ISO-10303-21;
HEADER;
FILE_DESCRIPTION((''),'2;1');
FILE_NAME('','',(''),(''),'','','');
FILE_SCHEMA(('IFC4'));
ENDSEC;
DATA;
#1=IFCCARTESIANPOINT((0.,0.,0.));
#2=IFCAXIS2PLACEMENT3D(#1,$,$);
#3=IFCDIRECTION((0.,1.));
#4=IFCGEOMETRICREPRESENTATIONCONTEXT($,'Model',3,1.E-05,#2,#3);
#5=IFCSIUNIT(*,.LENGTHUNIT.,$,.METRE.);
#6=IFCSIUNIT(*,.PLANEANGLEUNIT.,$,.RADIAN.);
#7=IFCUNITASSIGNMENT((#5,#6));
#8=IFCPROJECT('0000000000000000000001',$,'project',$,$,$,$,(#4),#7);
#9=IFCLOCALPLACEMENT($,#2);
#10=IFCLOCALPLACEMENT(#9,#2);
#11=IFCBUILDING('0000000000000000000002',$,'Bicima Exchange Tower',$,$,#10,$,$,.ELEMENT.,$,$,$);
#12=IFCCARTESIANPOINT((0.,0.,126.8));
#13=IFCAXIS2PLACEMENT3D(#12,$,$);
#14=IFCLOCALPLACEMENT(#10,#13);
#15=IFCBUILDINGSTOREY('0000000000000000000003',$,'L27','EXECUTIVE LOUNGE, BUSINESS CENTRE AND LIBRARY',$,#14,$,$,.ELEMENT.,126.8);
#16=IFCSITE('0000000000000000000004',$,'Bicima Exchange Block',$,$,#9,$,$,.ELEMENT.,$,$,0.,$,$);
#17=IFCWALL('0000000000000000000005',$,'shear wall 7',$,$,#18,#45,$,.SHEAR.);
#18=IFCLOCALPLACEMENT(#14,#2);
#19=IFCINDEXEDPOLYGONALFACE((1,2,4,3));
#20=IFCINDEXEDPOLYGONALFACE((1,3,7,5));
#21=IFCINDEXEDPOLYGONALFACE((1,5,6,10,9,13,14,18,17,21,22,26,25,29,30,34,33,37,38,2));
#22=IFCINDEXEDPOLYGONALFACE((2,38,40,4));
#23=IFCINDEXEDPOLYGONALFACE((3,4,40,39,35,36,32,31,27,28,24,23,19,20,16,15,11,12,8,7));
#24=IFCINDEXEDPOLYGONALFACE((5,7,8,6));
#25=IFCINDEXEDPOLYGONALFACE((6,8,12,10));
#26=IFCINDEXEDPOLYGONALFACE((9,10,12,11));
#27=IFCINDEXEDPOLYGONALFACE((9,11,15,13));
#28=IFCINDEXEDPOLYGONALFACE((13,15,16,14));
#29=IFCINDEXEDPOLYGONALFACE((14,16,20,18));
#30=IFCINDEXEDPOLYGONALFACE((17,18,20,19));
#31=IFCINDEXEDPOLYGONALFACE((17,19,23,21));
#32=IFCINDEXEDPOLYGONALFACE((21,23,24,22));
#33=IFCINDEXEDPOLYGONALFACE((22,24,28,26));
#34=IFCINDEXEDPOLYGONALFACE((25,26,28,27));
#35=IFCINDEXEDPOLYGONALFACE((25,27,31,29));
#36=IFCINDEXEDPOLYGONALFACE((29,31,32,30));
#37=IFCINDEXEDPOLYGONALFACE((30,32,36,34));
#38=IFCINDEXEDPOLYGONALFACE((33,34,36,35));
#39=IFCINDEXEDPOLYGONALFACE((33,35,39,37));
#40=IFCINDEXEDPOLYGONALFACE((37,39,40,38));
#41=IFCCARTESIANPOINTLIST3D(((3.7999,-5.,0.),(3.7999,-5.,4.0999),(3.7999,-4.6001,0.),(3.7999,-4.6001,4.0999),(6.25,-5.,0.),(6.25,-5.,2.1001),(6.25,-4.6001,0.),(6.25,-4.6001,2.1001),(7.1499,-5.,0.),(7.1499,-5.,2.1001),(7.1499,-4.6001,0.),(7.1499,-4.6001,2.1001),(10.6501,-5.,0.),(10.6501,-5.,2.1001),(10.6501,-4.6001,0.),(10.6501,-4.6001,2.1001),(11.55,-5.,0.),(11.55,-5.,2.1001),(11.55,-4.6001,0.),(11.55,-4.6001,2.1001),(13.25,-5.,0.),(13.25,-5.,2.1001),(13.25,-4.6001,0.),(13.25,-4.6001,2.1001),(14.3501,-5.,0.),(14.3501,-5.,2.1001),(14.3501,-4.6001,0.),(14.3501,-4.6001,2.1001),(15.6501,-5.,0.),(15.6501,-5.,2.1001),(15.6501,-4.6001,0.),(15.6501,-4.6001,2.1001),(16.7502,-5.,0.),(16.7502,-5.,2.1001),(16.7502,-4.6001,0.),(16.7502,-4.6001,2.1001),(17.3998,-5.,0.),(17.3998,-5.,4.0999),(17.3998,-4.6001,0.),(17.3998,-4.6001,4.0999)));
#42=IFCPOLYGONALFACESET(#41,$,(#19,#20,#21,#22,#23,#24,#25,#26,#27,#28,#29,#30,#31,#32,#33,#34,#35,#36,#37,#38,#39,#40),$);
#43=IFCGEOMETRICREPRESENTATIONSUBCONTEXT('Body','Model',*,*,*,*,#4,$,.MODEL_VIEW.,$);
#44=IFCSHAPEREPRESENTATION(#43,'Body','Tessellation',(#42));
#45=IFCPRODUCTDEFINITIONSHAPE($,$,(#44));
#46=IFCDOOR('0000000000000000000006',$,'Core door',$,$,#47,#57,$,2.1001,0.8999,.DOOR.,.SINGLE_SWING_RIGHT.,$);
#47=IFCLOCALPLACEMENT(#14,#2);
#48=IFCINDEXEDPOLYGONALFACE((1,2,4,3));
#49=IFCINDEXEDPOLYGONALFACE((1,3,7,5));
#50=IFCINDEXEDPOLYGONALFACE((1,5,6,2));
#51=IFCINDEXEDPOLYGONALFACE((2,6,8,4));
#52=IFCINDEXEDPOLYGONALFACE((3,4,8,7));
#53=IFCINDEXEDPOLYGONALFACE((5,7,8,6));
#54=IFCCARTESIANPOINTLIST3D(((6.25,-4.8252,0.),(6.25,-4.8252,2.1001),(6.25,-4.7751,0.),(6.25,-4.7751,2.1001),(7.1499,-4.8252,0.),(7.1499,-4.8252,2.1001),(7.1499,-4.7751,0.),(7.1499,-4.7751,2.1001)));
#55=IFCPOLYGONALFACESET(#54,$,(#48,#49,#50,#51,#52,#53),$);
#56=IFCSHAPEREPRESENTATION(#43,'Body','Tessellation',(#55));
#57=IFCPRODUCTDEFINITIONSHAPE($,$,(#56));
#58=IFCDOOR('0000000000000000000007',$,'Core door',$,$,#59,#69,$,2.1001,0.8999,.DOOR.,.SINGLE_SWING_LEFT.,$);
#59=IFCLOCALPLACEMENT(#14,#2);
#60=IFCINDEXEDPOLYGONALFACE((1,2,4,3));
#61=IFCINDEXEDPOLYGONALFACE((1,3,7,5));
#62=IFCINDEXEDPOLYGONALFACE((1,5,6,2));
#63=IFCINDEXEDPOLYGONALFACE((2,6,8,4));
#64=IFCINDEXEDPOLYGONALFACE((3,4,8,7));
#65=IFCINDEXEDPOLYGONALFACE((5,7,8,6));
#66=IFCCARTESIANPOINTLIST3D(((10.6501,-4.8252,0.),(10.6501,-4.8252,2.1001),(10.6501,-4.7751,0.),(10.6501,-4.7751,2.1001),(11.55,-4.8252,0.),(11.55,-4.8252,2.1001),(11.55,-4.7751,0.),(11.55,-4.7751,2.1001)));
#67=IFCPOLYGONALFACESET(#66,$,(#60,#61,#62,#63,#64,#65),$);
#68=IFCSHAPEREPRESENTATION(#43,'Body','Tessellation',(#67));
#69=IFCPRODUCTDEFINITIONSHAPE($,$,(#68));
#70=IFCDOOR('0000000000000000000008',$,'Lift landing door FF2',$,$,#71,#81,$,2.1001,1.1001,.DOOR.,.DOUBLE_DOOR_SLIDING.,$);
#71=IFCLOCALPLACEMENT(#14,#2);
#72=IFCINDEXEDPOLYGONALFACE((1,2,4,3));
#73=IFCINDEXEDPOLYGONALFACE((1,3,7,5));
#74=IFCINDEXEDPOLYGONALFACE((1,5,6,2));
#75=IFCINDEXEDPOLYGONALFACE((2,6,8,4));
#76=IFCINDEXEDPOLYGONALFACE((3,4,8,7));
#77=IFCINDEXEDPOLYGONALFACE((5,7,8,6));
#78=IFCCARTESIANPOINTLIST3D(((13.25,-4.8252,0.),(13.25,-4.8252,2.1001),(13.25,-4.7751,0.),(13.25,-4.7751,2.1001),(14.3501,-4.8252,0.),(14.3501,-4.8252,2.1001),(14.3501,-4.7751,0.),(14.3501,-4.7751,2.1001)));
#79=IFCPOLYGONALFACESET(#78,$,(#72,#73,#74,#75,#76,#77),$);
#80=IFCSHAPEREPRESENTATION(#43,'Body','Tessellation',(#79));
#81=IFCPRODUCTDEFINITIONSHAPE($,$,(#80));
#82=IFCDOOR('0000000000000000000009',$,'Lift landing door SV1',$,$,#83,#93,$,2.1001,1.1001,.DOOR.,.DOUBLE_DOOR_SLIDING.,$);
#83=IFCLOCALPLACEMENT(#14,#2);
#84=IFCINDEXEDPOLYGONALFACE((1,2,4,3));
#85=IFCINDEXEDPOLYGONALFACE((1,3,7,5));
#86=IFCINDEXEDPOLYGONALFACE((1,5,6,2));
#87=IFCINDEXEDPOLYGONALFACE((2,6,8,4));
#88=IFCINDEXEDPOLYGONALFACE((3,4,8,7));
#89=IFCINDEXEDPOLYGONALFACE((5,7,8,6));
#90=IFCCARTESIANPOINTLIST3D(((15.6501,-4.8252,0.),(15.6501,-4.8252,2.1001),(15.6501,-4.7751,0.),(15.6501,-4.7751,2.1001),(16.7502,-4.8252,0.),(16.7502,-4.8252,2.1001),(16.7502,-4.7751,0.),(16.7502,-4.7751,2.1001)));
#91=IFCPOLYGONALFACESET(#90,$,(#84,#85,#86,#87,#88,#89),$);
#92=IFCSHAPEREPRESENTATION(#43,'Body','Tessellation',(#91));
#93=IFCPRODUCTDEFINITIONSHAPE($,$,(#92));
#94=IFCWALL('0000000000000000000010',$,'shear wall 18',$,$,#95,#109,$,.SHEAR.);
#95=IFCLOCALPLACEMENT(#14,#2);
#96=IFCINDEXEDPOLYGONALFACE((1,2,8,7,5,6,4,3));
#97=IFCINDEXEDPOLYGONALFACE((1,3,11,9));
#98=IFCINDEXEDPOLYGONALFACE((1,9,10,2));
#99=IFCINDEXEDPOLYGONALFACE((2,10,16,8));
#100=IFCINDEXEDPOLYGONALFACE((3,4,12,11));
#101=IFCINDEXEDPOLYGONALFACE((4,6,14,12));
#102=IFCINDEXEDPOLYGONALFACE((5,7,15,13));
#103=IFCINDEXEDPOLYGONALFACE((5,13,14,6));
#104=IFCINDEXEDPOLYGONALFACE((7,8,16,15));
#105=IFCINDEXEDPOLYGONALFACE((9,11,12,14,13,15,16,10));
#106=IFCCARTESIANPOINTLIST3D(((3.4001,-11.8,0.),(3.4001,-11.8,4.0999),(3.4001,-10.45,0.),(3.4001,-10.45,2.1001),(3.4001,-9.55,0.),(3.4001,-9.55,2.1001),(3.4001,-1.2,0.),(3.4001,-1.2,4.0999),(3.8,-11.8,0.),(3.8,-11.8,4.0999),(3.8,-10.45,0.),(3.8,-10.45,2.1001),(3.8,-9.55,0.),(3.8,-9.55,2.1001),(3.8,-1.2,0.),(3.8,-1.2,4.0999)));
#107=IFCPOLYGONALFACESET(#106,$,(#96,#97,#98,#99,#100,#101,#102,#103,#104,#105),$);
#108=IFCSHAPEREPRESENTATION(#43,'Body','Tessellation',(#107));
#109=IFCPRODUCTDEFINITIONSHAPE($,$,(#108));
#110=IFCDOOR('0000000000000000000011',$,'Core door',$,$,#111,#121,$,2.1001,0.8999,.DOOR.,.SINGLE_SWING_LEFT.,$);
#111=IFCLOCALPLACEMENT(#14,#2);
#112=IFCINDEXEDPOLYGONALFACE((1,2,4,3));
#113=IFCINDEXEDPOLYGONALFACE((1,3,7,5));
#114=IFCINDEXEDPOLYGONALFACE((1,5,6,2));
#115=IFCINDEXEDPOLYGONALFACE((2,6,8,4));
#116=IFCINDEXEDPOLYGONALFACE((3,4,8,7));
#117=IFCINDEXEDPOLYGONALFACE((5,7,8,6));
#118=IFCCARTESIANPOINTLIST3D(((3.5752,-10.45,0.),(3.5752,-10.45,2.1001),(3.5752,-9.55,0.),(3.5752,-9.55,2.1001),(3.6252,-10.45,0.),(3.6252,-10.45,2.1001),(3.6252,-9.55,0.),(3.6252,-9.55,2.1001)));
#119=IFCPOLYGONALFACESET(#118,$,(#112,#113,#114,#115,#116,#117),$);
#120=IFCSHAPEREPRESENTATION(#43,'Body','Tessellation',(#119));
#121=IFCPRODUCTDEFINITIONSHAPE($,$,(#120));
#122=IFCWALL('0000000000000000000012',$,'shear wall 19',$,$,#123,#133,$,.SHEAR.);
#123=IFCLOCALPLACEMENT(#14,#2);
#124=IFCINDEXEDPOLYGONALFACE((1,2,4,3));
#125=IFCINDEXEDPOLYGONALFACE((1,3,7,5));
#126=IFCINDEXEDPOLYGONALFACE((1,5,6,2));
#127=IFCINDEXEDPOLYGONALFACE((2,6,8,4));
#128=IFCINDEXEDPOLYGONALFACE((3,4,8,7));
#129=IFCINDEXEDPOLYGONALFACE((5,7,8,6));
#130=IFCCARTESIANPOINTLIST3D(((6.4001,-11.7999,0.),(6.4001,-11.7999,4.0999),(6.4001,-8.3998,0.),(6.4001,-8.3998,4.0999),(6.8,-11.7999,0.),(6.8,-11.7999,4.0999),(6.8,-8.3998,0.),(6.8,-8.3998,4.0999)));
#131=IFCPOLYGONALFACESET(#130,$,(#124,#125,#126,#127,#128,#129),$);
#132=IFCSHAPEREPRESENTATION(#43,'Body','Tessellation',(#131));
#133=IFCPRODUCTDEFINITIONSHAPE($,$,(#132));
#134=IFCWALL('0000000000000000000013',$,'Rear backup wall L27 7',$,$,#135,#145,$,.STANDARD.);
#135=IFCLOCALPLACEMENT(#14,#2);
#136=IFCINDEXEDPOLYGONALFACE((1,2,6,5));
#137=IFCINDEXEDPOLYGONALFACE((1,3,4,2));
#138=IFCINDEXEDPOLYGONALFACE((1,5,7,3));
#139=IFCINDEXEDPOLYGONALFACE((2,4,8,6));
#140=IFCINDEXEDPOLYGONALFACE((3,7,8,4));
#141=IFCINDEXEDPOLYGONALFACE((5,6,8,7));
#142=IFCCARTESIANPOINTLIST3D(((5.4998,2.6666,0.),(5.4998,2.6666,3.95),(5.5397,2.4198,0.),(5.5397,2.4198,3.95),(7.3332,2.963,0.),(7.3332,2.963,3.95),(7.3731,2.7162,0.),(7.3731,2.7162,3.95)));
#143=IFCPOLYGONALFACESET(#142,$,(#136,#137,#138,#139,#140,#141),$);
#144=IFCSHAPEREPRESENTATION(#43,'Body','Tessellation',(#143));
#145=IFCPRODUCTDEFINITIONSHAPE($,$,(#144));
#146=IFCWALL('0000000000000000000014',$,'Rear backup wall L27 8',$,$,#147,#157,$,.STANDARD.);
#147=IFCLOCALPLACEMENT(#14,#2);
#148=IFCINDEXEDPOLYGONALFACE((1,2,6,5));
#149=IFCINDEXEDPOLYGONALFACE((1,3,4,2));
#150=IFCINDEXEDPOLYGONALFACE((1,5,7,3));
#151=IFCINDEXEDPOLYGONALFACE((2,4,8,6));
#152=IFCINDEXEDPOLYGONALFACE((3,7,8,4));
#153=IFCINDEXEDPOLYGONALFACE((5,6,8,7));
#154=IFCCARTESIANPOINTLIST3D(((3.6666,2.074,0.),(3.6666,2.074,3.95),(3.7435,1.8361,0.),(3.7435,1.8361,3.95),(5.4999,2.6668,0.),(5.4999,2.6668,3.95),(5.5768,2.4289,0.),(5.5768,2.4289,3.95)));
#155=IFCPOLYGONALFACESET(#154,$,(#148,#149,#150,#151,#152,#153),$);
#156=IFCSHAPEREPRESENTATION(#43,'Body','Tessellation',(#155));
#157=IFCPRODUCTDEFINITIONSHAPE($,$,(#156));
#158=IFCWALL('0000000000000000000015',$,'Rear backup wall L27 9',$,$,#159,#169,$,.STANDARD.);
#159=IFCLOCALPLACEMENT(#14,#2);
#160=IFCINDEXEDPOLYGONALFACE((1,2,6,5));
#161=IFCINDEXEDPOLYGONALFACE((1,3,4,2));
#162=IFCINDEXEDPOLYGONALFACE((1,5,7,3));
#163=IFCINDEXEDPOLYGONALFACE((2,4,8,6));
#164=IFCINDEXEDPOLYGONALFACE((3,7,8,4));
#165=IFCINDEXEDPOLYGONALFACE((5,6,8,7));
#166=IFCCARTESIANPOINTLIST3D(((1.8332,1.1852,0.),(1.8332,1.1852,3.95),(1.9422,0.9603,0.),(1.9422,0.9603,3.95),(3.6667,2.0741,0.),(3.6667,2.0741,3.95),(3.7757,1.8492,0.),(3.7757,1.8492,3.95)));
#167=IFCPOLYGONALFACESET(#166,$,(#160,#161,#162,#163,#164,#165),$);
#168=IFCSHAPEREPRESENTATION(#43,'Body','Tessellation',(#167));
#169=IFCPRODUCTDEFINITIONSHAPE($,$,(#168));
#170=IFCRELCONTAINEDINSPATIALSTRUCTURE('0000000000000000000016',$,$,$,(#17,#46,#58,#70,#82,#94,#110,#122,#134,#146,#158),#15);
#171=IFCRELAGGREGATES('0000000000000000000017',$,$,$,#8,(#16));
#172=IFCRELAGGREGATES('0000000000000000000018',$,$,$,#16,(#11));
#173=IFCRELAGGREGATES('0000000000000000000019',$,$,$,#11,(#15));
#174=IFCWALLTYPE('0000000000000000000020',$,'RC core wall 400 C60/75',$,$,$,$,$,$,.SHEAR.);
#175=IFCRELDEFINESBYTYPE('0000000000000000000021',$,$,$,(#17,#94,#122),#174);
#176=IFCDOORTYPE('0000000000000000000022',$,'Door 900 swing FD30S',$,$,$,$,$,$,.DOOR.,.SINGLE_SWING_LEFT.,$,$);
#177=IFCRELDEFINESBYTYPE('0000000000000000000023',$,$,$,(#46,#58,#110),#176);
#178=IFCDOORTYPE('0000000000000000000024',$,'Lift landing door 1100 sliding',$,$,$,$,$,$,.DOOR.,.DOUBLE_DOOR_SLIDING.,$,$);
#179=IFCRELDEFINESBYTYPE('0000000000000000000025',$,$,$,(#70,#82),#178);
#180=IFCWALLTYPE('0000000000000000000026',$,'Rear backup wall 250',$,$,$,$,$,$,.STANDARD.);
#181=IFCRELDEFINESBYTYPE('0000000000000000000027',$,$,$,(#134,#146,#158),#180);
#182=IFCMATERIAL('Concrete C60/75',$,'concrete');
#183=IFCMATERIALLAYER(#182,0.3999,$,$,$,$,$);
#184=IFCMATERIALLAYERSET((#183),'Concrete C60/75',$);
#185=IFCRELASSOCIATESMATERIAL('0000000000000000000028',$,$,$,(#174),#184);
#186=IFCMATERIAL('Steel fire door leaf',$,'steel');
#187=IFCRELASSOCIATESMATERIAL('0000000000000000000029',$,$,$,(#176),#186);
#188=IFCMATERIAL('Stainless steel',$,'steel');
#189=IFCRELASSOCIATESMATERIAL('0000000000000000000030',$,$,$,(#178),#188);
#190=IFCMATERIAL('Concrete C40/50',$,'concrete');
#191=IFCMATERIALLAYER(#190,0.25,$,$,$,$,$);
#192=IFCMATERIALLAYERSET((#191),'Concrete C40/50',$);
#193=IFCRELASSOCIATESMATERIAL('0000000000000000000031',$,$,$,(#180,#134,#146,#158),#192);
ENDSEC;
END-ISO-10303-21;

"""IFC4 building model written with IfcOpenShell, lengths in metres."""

from ifc_helpers import new_model, si_unit, direction, frame, frame_2d, origin, place, context, subcontext, project, spatial, rectangle, extrude, material, layer, layer_set, layer_usage, type_object, element, fill, save


model = new_model("IFC4")

# Units and contexts
model_context = context("Model", 3, precision=1e-05, world=origin(), true_north=direction((0.0, 1.0)))
body_context = subcontext(model_context, "Body", "Model", "MODEL_VIEW")
ifc_project = project(units=[si_unit("LENGTHUNIT", "METRE"), si_unit("PLANEANGLEUNIT", "RADIAN")], contexts=[model_context])

# Site, building, storey
site_placement = place(None, origin())
site = spatial("IfcSite", under=ifc_project, at=site_placement, Name="Bicima Exchange Block", CompositionType="ELEMENT", RefElevation=0.0)
building_placement = place(site_placement, origin())
building = spatial("IfcBuilding", under=site, at=building_placement, Name="Bicima Exchange Tower", CompositionType="ELEMENT")
storey_placement = place(building_placement, frame((0.0, 0.0, 126.8)))
storey = spatial("IfcBuildingStorey", under=building, at=storey_placement, Name="L27", Description="EXECUTIVE LOUNGE, BUSINESS CENTRE AND LIBRARY", CompositionType="ELEMENT", Elevation=126.8)

# Shared definitions
ifc_material_1 = material(Name="Concrete C60/75", Category="concrete")
ifc_layer_1 = layer(ifc_material_1, 0.3999)
ifc_layer_set_1 = layer_set([ifc_layer_1], Name="Concrete C60/75")
wall_type_1 = type_object("IfcWallType", Name="RC core wall 400 C60/75", PredefinedType="SHEAR", material=ifc_layer_set_1)
ifc_material_2 = material(Name="Steel fire door leaf", Category="steel")
door_type_1 = type_object("IfcDoorType", Name="Door 900 swing FD30S", OperationType="SINGLE_SWING_LEFT", PredefinedType="DOOR", material=ifc_material_2)

# Wall, openings, doors
wall_1_placement = place(storey_placement, frame((3.8, -4.8, 0.0), z_axis=(0.0, 0.0, 1.0), x_axis=(1.0, 0.0, 0.0)))
wall_1 = element("IfcWall", 1, at=wall_1_placement, inside=storey, type_object=wall_type_1, Name="shear wall 7", PredefinedType="SHEAR", context=body_context, shape_type="SweptSolid", body=[
    extrude(rectangle(XDim=13.5999, YDim=0.3999, at=frame_2d((6.7998, 0.0))), origin(), (0.0, 0.0, 1.0), 4.0999),
])
opening_1_placement = place(wall_1_placement, frame((9.45, 0.0, 0.0)))
opening_1 = element("IfcOpeningElement", 2, at=opening_1_placement, cuts=wall_1, PredefinedType="OPENING", context=body_context, shape_type="SweptSolid", body=[
    extrude(rectangle(XDim=1.1001, YDim=2.1001, at=frame_2d((0.55, 1.05))), frame((0.0, 0.2119, 0.0), z_axis=(0.0, -1.0, 0.0), x_axis=(1.0, 0.0, 0.0)), (0.0, 0.0, 1.0), 0.4238),
])
opening_2_placement = place(wall_1_placement, frame((11.8501, 0.0, 0.0)))
opening_2 = element("IfcOpeningElement", 3, at=opening_2_placement, cuts=wall_1, PredefinedType="OPENING", context=body_context, shape_type="SweptSolid", body=[
    extrude(rectangle(XDim=1.1001, YDim=2.1001, at=frame_2d((0.55, 1.05))), frame((0.0, 0.2119, 0.0), z_axis=(0.0, -1.0, 0.0), x_axis=(1.0, 0.0, 0.0)), (0.0, 0.0, 1.0), 0.4238),
])
opening_3_placement = place(wall_1_placement, frame((2.45, 0.0, 0.0)))
opening_3 = element("IfcOpeningElement", 4, at=opening_3_placement, cuts=wall_1, PredefinedType="OPENING", context=body_context, shape_type="SweptSolid", body=[
    extrude(rectangle(XDim=0.8999, YDim=2.1001, at=frame_2d((0.45, 1.05))), frame((0.0, 0.2119, 0.0), z_axis=(0.0, -1.0, 0.0), x_axis=(1.0, 0.0, 0.0)), (0.0, 0.0, 1.0), 0.4238),
])
opening_4_placement = place(wall_1_placement, frame((6.8501, 0.0, 0.0)))
opening_4 = element("IfcOpeningElement", 5, at=opening_4_placement, cuts=wall_1, PredefinedType="OPENING", context=body_context, shape_type="SweptSolid", body=[
    extrude(rectangle(XDim=0.8999, YDim=2.1001, at=frame_2d((0.45, 1.05))), frame((0.0, 0.2119, 0.0), z_axis=(0.0, -1.0, 0.0), x_axis=(1.0, 0.0, 0.0)), (0.0, 0.0, 1.0), 0.4238),
])
door_1_placement = place(opening_3_placement, origin())
door_1 = element("IfcDoor", 6, at=door_1_placement, inside=storey, type_object=door_type_1, Name="Core door", OperationType="SINGLE_SWING_RIGHT", OverallHeight=2.1001, OverallWidth=0.8999, PredefinedType="DOOR", context=body_context, shape_type="SweptSolid", body=[
    extrude(rectangle(XDim=0.8999, YDim=2.1001, at=frame_2d((0.45, 1.05))), frame((0.0, 0.0249, 0.0), z_axis=(0.0, -1.0, 0.0), x_axis=(1.0, 0.0, 0.0)), (0.0, 0.0, 1.0), 0.05),
])
fill(opening_3, door_1)
door_2_placement = place(opening_4_placement, origin())
door_2 = element("IfcDoor", 7, at=door_2_placement, inside=storey, type_object=door_type_1, Name="Core door", OperationType="SINGLE_SWING_LEFT", OverallHeight=2.1001, OverallWidth=0.8999, PredefinedType="DOOR", context=body_context, shape_type="SweptSolid", body=[
    extrude(rectangle(XDim=0.8999, YDim=2.1001, at=frame_2d((0.45, 1.05))), frame((0.0, 0.0249, 0.0), z_axis=(0.0, -1.0, 0.0), x_axis=(1.0, 0.0, 0.0)), (0.0, 0.0, 1.0), 0.05),
])
fill(opening_4, door_2)
ifc_material_3 = material(Name="Stainless steel", Category="steel")
door_type_2 = type_object("IfcDoorType", Name="Lift landing door 1100 sliding", OperationType="DOUBLE_DOOR_SLIDING", PredefinedType="DOOR", material=ifc_material_3)
door_3_placement = place(opening_1_placement, origin())
door_3 = element("IfcDoor", 8, at=door_3_placement, inside=storey, type_object=door_type_2, Name="Lift landing door FF2", OperationType="DOUBLE_DOOR_SLIDING", OverallHeight=2.1001, OverallWidth=1.1001, PredefinedType="DOOR", context=body_context, shape_type="SweptSolid", body=[
    extrude(rectangle(XDim=1.1001, YDim=2.1001, at=frame_2d((0.55, 1.05))), frame((0.0, 0.0249, 0.0), z_axis=(0.0, -1.0, 0.0), x_axis=(1.0, 0.0, 0.0)), (0.0, 0.0, 1.0), 0.05),
])
fill(opening_1, door_3)
door_4_placement = place(opening_2_placement, origin())
door_4 = element("IfcDoor", 9, at=door_4_placement, inside=storey, type_object=door_type_2, Name="Lift landing door SV1", OperationType="DOUBLE_DOOR_SLIDING", OverallHeight=2.1001, OverallWidth=1.1001, PredefinedType="DOOR", context=body_context, shape_type="SweptSolid", body=[
    extrude(rectangle(XDim=1.1001, YDim=2.1001, at=frame_2d((0.55, 1.05))), frame((0.0, 0.0249, 0.0), z_axis=(0.0, -1.0, 0.0), x_axis=(1.0, 0.0, 0.0)), (0.0, 0.0, 1.0), 0.05),
])
fill(opening_2, door_4)

# Wall, opening, door
wall_2_placement = place(storey_placement, frame((3.6001, -11.8, 0.0), z_axis=(0.0, 0.0, 1.0), x_axis=(0.0, 1.0, 0.0)))
wall_2 = element("IfcWall", 10, at=wall_2_placement, inside=storey, type_object=wall_type_1, Name="shear wall 18", PredefinedType="SHEAR", context=body_context, shape_type="SweptSolid", body=[
    extrude(rectangle(XDim=10.6001, YDim=0.3999, at=frame_2d((5.3, 0.0))), origin(), (0.0, 0.0, 1.0), 4.0999),
])
opening_5_placement = place(wall_2_placement, frame((1.3501, 0.0, 0.0)))
opening_5 = element("IfcOpeningElement", 11, at=opening_5_placement, cuts=wall_2, PredefinedType="OPENING", context=body_context, shape_type="SweptSolid", body=[
    extrude(rectangle(XDim=0.8999, YDim=2.1001, at=frame_2d((0.45, 1.05))), frame((0.0, 0.2119, 0.0), z_axis=(0.0, -1.0, 0.0), x_axis=(1.0, 0.0, 0.0)), (0.0, 0.0, 1.0), 0.4238),
])
door_5_placement = place(opening_5_placement, origin())
door_5 = element("IfcDoor", 12, at=door_5_placement, inside=storey, type_object=door_type_1, Name="Core door", OperationType="SINGLE_SWING_LEFT", OverallHeight=2.1001, OverallWidth=0.8999, PredefinedType="DOOR", context=body_context, shape_type="SweptSolid", body=[
    extrude(rectangle(XDim=0.8999, YDim=2.1001, at=frame_2d((0.45, 1.05))), frame((0.0, 0.0249, 0.0), z_axis=(0.0, -1.0, 0.0), x_axis=(1.0, 0.0, 0.0)), (0.0, 0.0, 1.0), 0.05),
])
fill(opening_5, door_5)

# Walls
wall_3_placement = place(storey_placement, frame((6.6001, -11.8, 0.0), z_axis=(0.0, 0.0, 1.0), x_axis=(0.0, 1.0, 0.0)))
element("IfcWall", 13, at=wall_3_placement, inside=storey, type_object=wall_type_1, Name="shear wall 19", PredefinedType="SHEAR", context=body_context, shape_type="SweptSolid", body=[
    extrude(rectangle(XDim=3.4001, YDim=0.3999, at=frame_2d((1.7002, 0.0))), origin(), (0.0, 0.0, 1.0), 4.0999),
])
ifc_material_4 = material(Name="Concrete C40/50", Category="concrete")
ifc_layer_2 = layer(ifc_material_4, 0.25)
ifc_layer_set_2 = layer_set([ifc_layer_2], Name="Concrete C40/50")
ifc_layer_usage = layer_usage(ifc_layer_set_2, "AXIS2", "POSITIVE", -0.125)
wall_type_2 = type_object("IfcWallType", Name="Rear backup wall 250", PredefinedType="STANDARD", material=ifc_layer_set_2)
wall_4_placement = place(storey_placement, frame((7.3533, 2.8396, 0.0), z_axis=(0.0, 0.0, 1.0), x_axis=(-0.987182, -0.1596, 0.0)))
element("IfcWall", 14, at=wall_4_placement, inside=storey, type_object=wall_type_2, material=ifc_layer_usage, Name="Rear backup wall L27 7", PredefinedType="STANDARD", context=body_context, shape_type="SweptSolid", body=[
    extrude(rectangle(XDim=1.8572, YDim=0.25, at=frame_2d((0.9287, 0.0))), origin(), (0.0, 0.0, 1.0), 3.95),
])
wall_5_placement = place(storey_placement, frame((5.5383, 2.5479, 0.0), z_axis=(0.0, 0.0, 1.0), x_axis=(-0.951496, -0.307662, 0.0)))
element("IfcWall", 15, at=wall_5_placement, inside=storey, type_object=wall_type_2, material=ifc_layer_usage, Name="Rear backup wall L27 8", PredefinedType="STANDARD", context=body_context, shape_type="SweptSolid", body=[
    extrude(rectangle(XDim=1.9268, YDim=0.25, at=frame_2d((0.9634, 0.0))), origin(), (0.0, 0.0, 1.0), 3.95),
])
wall_6_placement = place(storey_placement, frame((3.7212, 1.9617, 0.0), z_axis=(0.0, 0.0, 1.0), x_axis=(-0.899824, -0.436253, 0.0)))
element("IfcWall", 16, at=wall_6_placement, inside=storey, type_object=wall_type_2, material=ifc_layer_usage, Name="Rear backup wall L27 9", PredefinedType="STANDARD", context=body_context, shape_type="SweptSolid", body=[
    extrude(rectangle(XDim=2.0376, YDim=0.25, at=frame_2d((1.0188, 0.0))), origin(), (0.0, 0.0, 1.0), 3.95),
])

save(model, "model.ifc")
